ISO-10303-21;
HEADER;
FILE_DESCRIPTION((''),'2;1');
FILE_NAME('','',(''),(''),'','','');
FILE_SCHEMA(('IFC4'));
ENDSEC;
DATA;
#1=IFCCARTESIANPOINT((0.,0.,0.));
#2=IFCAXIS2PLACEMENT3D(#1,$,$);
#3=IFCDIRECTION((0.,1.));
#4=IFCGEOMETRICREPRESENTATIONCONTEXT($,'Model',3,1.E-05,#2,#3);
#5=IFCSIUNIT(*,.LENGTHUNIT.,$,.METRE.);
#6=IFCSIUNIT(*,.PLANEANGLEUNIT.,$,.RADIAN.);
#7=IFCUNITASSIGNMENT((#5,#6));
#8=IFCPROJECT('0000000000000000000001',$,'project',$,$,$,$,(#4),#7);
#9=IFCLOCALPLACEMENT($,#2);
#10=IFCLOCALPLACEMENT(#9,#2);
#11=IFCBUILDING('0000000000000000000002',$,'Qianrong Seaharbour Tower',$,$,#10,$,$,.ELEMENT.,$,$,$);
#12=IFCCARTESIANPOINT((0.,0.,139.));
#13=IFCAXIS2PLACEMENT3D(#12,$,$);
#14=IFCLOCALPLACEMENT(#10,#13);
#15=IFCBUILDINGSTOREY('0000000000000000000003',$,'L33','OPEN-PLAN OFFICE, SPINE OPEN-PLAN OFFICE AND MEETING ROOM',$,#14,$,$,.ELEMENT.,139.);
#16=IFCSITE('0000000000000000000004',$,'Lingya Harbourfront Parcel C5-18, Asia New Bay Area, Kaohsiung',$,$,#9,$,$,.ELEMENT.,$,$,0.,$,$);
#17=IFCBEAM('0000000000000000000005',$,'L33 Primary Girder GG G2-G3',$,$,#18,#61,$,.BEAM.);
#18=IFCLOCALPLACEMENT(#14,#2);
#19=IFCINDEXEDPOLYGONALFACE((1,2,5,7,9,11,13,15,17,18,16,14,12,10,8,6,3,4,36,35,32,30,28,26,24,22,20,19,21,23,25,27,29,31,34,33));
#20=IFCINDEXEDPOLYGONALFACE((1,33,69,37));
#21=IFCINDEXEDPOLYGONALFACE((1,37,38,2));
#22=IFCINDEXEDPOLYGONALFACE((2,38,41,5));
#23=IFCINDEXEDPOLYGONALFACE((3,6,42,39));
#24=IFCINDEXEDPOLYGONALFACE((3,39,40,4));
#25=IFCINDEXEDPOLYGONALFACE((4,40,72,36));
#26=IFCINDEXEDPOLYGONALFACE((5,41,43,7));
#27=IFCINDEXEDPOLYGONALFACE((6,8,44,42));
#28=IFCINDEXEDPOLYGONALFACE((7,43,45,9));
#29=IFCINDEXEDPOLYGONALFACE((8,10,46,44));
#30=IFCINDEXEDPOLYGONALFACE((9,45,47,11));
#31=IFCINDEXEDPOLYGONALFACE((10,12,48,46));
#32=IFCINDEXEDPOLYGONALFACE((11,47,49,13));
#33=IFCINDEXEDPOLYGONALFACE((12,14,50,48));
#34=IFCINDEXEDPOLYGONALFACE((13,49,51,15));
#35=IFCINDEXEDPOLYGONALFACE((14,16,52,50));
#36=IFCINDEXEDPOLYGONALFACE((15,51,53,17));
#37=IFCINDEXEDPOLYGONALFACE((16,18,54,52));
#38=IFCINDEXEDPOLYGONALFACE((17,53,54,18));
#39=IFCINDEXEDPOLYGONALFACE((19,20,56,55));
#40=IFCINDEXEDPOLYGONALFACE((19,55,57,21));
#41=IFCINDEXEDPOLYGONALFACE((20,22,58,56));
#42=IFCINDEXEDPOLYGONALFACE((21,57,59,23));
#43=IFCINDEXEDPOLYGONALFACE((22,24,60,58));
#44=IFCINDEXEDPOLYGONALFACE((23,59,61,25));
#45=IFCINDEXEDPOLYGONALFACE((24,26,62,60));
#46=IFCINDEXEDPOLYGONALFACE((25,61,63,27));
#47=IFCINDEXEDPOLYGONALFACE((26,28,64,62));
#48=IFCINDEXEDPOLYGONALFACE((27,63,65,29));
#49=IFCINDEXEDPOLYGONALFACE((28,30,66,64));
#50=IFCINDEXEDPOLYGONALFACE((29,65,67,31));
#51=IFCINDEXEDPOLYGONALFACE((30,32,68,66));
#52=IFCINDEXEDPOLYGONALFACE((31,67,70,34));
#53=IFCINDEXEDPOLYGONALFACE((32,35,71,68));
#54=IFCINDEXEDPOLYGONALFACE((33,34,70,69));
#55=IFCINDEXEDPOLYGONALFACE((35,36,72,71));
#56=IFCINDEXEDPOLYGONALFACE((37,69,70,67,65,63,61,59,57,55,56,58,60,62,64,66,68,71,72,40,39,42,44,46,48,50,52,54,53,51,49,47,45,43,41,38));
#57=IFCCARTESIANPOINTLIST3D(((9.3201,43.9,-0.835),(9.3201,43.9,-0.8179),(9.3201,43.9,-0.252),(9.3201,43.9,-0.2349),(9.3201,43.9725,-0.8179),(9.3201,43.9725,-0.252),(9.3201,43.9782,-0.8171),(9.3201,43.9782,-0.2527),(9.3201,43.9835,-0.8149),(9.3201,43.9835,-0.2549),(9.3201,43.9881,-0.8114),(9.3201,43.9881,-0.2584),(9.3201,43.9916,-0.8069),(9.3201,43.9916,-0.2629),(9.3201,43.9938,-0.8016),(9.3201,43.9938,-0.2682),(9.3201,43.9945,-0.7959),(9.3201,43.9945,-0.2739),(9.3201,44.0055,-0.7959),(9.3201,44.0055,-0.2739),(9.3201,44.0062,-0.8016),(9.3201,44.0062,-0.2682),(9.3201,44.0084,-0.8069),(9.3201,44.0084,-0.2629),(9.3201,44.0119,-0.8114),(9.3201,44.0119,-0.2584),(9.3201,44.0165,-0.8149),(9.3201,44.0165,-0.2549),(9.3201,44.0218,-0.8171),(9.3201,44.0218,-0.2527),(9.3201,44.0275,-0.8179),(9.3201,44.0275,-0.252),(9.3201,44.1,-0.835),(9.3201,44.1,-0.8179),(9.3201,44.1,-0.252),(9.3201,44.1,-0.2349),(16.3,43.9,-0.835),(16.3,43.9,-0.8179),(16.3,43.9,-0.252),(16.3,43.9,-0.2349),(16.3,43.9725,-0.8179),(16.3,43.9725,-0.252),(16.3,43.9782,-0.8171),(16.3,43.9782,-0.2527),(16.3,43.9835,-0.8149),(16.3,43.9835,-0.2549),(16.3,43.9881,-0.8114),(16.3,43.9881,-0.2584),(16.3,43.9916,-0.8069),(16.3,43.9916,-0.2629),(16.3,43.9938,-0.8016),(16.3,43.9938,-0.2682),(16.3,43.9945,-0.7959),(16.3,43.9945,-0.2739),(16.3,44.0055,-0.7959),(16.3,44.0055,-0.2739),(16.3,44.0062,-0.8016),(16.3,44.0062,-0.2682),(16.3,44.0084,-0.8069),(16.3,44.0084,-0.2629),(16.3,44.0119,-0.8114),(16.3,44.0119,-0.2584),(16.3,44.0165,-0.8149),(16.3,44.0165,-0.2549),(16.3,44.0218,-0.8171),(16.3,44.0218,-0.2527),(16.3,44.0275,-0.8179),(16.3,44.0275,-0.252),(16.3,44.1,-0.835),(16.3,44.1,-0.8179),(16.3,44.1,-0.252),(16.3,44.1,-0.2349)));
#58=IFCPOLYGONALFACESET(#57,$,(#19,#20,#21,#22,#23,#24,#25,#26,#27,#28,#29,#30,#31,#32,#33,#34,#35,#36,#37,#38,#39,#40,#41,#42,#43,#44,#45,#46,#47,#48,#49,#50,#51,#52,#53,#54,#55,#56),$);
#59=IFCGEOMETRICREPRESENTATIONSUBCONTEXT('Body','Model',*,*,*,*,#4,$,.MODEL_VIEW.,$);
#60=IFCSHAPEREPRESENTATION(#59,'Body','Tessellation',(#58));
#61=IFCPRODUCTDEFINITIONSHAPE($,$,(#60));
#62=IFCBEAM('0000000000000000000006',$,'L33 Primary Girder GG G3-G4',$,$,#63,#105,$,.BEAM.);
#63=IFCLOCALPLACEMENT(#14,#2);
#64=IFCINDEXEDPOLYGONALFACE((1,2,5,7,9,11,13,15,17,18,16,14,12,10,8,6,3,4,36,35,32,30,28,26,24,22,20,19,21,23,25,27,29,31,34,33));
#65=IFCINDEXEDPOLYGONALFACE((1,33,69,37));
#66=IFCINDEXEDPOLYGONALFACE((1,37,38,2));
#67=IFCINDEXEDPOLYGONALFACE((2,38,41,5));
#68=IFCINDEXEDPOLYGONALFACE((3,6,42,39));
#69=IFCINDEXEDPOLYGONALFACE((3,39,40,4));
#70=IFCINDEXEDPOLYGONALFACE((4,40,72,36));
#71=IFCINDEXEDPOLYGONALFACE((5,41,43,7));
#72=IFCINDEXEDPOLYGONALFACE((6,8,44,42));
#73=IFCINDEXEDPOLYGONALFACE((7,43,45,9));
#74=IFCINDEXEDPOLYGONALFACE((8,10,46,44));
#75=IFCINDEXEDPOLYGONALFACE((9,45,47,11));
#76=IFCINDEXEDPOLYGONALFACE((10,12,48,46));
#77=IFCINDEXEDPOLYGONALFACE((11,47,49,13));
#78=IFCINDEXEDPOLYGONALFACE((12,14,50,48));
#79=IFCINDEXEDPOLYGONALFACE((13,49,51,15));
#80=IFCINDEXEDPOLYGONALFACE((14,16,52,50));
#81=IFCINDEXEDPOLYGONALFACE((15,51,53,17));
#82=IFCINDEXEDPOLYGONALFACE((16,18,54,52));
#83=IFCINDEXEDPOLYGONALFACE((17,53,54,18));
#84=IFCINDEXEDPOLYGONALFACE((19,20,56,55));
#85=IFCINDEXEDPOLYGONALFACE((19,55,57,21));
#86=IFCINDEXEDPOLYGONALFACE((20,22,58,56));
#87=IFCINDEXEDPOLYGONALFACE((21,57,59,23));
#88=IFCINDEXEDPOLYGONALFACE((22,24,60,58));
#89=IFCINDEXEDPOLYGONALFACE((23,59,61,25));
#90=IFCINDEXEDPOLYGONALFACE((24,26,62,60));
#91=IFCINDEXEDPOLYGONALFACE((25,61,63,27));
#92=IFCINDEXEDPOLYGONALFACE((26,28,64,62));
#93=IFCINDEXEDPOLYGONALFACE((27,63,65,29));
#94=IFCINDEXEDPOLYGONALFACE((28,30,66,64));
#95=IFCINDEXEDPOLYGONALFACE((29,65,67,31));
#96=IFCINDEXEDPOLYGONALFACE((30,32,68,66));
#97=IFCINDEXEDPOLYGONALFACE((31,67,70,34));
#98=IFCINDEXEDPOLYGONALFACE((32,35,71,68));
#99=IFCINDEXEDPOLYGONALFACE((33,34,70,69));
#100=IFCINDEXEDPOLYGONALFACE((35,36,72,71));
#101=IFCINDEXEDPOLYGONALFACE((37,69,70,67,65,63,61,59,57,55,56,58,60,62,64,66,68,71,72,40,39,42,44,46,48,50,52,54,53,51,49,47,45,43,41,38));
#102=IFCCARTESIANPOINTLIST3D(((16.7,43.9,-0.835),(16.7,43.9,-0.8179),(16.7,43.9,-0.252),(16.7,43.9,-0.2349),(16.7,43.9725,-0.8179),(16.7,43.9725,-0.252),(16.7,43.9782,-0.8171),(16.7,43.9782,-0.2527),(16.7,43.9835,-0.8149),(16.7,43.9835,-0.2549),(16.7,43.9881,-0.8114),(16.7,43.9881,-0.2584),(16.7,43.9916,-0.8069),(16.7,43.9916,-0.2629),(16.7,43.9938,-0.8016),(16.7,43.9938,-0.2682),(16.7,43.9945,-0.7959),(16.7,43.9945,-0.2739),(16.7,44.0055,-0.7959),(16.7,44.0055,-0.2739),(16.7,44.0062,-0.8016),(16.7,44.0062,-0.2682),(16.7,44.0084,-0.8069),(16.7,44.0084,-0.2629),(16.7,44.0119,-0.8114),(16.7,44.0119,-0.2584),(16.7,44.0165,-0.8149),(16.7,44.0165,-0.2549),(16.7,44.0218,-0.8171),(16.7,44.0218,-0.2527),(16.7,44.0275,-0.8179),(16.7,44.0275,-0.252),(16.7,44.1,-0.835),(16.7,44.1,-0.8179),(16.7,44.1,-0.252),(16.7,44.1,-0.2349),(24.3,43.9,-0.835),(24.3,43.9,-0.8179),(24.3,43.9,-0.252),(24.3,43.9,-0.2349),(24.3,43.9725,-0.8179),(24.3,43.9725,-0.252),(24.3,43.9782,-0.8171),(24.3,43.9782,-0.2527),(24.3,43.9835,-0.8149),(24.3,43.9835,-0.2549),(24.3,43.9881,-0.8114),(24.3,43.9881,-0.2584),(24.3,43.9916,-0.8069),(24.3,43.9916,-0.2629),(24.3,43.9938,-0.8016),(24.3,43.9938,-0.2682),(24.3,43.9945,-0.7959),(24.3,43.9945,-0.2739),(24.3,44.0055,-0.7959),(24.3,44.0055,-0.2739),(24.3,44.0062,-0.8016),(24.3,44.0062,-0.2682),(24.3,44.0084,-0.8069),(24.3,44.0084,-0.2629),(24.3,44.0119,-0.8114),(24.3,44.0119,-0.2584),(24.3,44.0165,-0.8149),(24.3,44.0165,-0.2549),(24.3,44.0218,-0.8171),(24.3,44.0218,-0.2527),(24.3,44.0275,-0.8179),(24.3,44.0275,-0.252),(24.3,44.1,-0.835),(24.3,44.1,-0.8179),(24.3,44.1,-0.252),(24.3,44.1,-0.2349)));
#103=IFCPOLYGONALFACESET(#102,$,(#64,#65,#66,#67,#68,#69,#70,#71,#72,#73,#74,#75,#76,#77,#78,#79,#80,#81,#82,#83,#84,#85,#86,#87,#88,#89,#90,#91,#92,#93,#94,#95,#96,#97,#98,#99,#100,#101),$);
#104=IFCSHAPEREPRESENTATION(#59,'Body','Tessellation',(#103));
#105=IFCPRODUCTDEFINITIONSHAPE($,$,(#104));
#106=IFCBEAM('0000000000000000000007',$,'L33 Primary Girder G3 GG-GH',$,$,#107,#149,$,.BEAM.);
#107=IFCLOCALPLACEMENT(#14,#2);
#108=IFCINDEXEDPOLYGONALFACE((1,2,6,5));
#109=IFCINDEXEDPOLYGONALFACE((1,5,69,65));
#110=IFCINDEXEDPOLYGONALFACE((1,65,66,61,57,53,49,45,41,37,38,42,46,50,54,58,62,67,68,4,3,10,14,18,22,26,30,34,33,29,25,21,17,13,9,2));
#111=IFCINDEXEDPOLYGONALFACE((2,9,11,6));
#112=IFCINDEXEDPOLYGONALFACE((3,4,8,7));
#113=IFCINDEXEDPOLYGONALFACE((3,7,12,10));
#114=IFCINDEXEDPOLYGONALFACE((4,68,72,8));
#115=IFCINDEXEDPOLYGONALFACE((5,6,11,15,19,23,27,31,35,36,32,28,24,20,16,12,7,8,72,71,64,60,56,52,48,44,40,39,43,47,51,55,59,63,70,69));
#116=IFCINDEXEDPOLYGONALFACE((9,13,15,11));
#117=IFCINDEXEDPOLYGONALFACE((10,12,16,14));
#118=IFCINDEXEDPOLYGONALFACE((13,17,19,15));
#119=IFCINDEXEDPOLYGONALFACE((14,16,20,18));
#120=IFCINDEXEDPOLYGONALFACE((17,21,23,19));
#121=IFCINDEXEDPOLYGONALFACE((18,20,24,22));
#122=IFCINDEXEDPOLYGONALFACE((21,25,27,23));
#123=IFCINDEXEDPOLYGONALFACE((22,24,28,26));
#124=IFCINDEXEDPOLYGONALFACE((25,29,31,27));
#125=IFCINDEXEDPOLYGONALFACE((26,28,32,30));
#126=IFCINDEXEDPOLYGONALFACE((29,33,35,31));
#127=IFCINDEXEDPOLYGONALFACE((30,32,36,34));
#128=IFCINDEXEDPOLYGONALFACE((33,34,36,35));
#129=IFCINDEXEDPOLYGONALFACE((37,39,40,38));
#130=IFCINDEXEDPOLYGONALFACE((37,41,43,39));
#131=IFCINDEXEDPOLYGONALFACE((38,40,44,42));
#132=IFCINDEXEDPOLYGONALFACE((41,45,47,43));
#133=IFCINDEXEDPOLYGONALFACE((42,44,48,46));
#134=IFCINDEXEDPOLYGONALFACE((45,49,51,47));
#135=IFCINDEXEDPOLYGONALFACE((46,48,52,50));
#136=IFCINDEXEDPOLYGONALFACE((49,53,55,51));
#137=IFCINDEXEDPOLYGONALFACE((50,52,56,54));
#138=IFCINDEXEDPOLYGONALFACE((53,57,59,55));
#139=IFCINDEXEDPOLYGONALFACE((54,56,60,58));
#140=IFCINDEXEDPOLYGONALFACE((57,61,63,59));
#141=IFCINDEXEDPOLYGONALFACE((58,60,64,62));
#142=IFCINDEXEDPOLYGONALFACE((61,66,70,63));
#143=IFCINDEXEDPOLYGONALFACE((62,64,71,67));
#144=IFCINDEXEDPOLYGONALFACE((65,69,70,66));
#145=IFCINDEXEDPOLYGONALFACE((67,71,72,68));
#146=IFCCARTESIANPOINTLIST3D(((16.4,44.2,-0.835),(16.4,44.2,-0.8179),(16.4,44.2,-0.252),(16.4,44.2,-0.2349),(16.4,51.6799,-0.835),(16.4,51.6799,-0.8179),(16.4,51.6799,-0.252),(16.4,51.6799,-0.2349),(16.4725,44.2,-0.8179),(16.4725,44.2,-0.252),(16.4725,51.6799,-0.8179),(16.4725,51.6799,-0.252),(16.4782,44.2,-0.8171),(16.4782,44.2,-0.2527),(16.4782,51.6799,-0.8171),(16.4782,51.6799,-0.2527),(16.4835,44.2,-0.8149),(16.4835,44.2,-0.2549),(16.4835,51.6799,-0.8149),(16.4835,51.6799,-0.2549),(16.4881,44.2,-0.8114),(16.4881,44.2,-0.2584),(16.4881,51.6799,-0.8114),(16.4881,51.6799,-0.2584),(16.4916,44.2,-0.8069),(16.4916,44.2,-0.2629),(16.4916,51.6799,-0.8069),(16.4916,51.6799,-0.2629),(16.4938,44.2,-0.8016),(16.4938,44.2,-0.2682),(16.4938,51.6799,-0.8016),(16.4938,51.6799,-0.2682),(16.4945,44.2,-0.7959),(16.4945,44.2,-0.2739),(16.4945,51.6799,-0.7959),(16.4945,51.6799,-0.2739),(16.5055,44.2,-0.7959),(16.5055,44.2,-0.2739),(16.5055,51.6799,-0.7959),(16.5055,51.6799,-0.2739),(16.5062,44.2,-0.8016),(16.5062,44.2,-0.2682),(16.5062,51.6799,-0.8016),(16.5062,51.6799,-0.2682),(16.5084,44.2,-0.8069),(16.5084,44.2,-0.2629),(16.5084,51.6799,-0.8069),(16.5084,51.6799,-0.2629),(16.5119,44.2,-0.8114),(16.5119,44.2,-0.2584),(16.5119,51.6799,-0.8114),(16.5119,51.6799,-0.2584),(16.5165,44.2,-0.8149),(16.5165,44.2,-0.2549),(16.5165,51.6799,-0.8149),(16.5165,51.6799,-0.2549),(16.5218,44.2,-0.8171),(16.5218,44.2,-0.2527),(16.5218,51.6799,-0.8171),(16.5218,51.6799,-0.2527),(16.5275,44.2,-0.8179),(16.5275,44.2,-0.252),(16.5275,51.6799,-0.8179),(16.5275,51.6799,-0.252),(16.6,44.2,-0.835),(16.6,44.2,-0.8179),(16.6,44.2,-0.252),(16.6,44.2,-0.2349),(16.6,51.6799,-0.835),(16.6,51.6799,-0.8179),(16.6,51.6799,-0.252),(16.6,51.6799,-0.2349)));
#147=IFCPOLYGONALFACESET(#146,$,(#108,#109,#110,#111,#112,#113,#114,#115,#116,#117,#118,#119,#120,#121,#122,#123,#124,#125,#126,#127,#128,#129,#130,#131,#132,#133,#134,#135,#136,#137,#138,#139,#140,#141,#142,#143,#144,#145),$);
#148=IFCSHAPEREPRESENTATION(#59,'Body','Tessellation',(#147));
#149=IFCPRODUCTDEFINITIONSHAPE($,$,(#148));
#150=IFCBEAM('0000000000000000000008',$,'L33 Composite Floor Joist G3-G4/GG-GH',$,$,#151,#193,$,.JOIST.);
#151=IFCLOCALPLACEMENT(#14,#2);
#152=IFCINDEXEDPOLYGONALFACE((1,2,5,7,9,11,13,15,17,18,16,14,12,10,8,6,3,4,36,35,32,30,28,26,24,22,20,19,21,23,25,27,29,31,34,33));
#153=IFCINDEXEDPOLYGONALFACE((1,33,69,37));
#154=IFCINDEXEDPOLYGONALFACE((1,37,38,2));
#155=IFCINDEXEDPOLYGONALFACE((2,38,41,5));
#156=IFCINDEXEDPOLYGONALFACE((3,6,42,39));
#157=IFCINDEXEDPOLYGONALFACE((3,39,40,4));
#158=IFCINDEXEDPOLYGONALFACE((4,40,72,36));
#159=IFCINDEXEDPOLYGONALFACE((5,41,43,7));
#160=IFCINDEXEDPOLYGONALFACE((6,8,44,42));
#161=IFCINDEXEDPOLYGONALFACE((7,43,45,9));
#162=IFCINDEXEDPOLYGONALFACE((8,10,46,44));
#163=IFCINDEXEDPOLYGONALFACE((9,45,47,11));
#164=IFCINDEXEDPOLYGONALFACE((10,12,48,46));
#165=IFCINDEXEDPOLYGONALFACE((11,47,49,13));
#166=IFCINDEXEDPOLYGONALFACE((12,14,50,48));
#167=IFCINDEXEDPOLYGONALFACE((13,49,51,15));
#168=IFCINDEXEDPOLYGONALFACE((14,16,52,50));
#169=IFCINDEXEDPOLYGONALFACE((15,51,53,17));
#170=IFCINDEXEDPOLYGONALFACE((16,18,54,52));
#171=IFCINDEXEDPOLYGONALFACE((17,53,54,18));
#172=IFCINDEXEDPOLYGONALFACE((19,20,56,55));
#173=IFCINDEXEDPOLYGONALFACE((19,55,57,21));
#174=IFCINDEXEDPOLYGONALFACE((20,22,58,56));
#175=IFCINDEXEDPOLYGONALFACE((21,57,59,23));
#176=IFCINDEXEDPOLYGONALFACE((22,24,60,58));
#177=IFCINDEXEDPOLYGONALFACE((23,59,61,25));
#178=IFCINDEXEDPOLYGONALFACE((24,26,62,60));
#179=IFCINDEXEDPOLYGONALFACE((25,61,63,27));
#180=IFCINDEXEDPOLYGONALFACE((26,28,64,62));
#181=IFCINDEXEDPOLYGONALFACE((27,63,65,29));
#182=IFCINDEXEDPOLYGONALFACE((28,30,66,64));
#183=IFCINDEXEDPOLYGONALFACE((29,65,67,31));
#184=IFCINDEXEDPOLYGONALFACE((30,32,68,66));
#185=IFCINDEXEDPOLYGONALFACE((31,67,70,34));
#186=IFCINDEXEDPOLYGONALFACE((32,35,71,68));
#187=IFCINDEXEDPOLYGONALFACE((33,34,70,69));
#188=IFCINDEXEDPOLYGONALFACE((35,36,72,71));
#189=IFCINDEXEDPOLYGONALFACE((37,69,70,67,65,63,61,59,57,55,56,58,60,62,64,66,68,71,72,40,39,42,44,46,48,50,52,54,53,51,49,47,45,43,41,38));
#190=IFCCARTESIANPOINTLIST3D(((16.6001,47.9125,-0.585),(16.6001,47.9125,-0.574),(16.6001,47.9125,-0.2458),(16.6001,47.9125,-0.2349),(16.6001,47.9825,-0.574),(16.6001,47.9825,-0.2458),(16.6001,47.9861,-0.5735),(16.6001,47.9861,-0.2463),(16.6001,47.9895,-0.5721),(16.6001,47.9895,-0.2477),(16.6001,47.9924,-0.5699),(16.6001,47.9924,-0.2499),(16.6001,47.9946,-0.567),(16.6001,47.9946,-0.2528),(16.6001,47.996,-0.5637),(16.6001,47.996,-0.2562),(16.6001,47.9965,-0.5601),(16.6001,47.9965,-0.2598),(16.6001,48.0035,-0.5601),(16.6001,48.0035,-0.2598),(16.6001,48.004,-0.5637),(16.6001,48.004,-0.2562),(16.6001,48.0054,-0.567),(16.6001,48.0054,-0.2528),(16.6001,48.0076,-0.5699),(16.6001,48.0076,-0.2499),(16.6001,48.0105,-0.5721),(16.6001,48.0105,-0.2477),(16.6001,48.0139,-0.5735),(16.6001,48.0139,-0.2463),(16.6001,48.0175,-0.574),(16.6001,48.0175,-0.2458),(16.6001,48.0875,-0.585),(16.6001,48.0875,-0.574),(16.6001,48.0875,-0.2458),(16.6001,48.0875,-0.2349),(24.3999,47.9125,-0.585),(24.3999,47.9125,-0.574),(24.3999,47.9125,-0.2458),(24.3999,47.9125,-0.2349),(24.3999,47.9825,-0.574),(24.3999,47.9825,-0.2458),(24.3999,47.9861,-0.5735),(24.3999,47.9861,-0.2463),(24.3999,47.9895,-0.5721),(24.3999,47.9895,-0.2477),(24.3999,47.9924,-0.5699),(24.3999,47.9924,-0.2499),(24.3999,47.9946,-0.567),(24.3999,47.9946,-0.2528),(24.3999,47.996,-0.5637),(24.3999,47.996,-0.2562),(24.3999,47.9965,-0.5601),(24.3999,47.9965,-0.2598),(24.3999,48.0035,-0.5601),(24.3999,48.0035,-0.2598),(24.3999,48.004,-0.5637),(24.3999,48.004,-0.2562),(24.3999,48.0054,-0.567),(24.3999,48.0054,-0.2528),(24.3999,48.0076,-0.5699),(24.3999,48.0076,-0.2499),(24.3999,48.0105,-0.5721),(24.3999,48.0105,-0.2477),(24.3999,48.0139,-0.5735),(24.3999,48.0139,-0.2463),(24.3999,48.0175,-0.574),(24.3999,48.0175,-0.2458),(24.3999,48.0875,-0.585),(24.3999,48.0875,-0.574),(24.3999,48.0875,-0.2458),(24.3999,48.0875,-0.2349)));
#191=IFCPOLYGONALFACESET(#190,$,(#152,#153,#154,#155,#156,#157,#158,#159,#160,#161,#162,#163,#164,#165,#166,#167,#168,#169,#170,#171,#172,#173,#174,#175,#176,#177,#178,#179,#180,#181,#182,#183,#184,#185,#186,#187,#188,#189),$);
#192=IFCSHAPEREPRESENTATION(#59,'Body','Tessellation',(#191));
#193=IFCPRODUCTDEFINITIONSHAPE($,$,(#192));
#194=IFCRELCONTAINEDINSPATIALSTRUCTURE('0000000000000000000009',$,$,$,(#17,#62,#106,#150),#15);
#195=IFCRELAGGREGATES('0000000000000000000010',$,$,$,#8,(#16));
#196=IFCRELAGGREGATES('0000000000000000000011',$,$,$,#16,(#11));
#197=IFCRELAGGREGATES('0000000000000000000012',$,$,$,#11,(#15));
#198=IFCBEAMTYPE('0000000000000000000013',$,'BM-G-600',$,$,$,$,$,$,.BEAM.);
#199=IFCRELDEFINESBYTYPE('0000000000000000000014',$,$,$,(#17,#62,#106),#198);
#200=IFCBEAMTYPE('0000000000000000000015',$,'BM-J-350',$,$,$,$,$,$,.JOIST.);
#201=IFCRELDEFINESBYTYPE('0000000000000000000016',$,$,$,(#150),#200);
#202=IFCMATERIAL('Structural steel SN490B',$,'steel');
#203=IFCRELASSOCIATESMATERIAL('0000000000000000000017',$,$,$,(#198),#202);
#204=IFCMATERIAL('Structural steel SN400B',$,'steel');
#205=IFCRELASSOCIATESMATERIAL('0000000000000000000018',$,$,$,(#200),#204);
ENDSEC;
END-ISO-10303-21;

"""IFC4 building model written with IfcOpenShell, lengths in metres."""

from ifc_helpers import new_model, si_unit, direction, frame, origin, origin_2d, place, context, subcontext, project, spatial, i_section, extrude, material, material_profile, profile_set, type_object, element, save


model = new_model("IFC4")

# Units and contexts
model_context = context("Model", 3, precision=1e-05, world=origin(), true_north=direction((0.0, 1.0)))
body_context = subcontext(model_context, "Body", "Model", "MODEL_VIEW")
ifc_project = project(units=[si_unit("LENGTHUNIT", "METRE"), si_unit("PLANEANGLEUNIT", "RADIAN")], contexts=[model_context])

# Site, building, storey
site_placement = place(None, origin())
site = spatial("IfcSite", under=ifc_project, at=site_placement, Name="Lingya Harbourfront Parcel C5-18, Asia New Bay Area, Kaohsiung", CompositionType="ELEMENT", RefElevation=0.0)
building_placement = place(site_placement, origin())
building = spatial("IfcBuilding", under=site, at=building_placement, Name="Qianrong Seaharbour Tower", CompositionType="ELEMENT")
storey_placement = place(building_placement, frame((0.0, 0.0, 139.0)))
storey = spatial("IfcBuildingStorey", under=building, at=storey_placement, Name="L33", Description="OPEN-PLAN OFFICE, SPINE OPEN-PLAN OFFICE AND MEETING ROOM", CompositionType="ELEMENT", Elevation=139.0)

# Shared definitions
ifc_material_1 = material(Name="Structural steel SN490B", Category="steel")

# Beams
ifc_material_profile_1 = material_profile(ifc_material_1, i_section(OverallWidth=0.2, OverallDepth=0.6001, WebThickness=0.011, FlangeThickness=0.0171, FilletRadius=0.022, at=origin_2d()), Name="H600x200x11x17")
ifc_profile_set_1 = profile_set([ifc_material_profile_1], Name="Structural steel SN490B")
beam_type_1 = type_object("IfcBeamType", Name="BM-G-600", PredefinedType="BEAM", material=ifc_profile_set_1)
beam_1_placement = place(storey_placement, frame((9.3201, 44.0, -0.5349), z_axis=(1.0, 0.0, 0.0), x_axis=(0.0, 1.0, 0.0)))
element("IfcBeam", 1, at=beam_1_placement, inside=storey, type_object=beam_type_1, Name="L33 Primary Girder GG G2-G3", PredefinedType="BEAM", context=body_context, shape_type="SweptSolid", body=[
    extrude(i_section(OverallWidth=0.2, OverallDepth=0.6001, WebThickness=0.011, FlangeThickness=0.0171, FilletRadius=0.022, at=origin_2d()), origin(), (0.0, 0.0, 1.0), 6.98),
])
beam_2_placement = place(storey_placement, frame((16.7, 44.0, -0.5349), z_axis=(1.0, 0.0, 0.0), x_axis=(0.0, 1.0, 0.0)))
element("IfcBeam", 2, at=beam_2_placement, inside=storey, type_object=beam_type_1, Name="L33 Primary Girder GG G3-G4", PredefinedType="BEAM", context=body_context, shape_type="SweptSolid", body=[
    extrude(i_section(OverallWidth=0.2, OverallDepth=0.6001, WebThickness=0.011, FlangeThickness=0.0171, FilletRadius=0.022, at=origin_2d()), origin(), (0.0, 0.0, 1.0), 7.6001),
])
beam_3_placement = place(storey_placement, frame((16.5, 44.2, -0.5349), z_axis=(0.0, 1.0, 0.0), x_axis=(-1.0, 0.0, 0.0)))
element("IfcBeam", 3, at=beam_3_placement, inside=storey, type_object=beam_type_1, Name="L33 Primary Girder G3 GG-GH", PredefinedType="BEAM", context=body_context, shape_type="SweptSolid", body=[
    extrude(i_section(OverallWidth=0.2, OverallDepth=0.6001, WebThickness=0.011, FlangeThickness=0.0171, FilletRadius=0.022, at=origin_2d()), origin(), (0.0, 0.0, 1.0), 7.48),
])
ifc_material_2 = material(Name="Structural steel SN400B", Category="steel")
ifc_material_profile_2 = material_profile(ifc_material_2, i_section(OverallWidth=0.175, OverallDepth=0.3501, WebThickness=0.0071, FlangeThickness=0.011, FilletRadius=0.0139, at=origin_2d()), Name="H350x175x7x11")
ifc_profile_set_2 = profile_set([ifc_material_profile_2], Name="Structural steel SN400B")
beam_type_2 = type_object("IfcBeamType", Name="BM-J-350", PredefinedType="JOIST", material=ifc_profile_set_2)
beam_4_placement = place(storey_placement, frame((16.6001, 48.0, -0.4099), z_axis=(1.0, 0.0, 0.0), x_axis=(0.0, 1.0, 0.0)))
element("IfcBeam", 4, at=beam_4_placement, inside=storey, type_object=beam_type_2, Name="L33 Composite Floor Joist G3-G4/GG-GH", PredefinedType="JOIST", context=body_context, shape_type="SweptSolid", body=[
    extrude(i_section(OverallWidth=0.175, OverallDepth=0.3501, WebThickness=0.0071, FlangeThickness=0.011, FilletRadius=0.0139, at=origin_2d()), origin(), (0.0, 0.0, 1.0), 7.7998),
])

save(model, "model.ifc")
